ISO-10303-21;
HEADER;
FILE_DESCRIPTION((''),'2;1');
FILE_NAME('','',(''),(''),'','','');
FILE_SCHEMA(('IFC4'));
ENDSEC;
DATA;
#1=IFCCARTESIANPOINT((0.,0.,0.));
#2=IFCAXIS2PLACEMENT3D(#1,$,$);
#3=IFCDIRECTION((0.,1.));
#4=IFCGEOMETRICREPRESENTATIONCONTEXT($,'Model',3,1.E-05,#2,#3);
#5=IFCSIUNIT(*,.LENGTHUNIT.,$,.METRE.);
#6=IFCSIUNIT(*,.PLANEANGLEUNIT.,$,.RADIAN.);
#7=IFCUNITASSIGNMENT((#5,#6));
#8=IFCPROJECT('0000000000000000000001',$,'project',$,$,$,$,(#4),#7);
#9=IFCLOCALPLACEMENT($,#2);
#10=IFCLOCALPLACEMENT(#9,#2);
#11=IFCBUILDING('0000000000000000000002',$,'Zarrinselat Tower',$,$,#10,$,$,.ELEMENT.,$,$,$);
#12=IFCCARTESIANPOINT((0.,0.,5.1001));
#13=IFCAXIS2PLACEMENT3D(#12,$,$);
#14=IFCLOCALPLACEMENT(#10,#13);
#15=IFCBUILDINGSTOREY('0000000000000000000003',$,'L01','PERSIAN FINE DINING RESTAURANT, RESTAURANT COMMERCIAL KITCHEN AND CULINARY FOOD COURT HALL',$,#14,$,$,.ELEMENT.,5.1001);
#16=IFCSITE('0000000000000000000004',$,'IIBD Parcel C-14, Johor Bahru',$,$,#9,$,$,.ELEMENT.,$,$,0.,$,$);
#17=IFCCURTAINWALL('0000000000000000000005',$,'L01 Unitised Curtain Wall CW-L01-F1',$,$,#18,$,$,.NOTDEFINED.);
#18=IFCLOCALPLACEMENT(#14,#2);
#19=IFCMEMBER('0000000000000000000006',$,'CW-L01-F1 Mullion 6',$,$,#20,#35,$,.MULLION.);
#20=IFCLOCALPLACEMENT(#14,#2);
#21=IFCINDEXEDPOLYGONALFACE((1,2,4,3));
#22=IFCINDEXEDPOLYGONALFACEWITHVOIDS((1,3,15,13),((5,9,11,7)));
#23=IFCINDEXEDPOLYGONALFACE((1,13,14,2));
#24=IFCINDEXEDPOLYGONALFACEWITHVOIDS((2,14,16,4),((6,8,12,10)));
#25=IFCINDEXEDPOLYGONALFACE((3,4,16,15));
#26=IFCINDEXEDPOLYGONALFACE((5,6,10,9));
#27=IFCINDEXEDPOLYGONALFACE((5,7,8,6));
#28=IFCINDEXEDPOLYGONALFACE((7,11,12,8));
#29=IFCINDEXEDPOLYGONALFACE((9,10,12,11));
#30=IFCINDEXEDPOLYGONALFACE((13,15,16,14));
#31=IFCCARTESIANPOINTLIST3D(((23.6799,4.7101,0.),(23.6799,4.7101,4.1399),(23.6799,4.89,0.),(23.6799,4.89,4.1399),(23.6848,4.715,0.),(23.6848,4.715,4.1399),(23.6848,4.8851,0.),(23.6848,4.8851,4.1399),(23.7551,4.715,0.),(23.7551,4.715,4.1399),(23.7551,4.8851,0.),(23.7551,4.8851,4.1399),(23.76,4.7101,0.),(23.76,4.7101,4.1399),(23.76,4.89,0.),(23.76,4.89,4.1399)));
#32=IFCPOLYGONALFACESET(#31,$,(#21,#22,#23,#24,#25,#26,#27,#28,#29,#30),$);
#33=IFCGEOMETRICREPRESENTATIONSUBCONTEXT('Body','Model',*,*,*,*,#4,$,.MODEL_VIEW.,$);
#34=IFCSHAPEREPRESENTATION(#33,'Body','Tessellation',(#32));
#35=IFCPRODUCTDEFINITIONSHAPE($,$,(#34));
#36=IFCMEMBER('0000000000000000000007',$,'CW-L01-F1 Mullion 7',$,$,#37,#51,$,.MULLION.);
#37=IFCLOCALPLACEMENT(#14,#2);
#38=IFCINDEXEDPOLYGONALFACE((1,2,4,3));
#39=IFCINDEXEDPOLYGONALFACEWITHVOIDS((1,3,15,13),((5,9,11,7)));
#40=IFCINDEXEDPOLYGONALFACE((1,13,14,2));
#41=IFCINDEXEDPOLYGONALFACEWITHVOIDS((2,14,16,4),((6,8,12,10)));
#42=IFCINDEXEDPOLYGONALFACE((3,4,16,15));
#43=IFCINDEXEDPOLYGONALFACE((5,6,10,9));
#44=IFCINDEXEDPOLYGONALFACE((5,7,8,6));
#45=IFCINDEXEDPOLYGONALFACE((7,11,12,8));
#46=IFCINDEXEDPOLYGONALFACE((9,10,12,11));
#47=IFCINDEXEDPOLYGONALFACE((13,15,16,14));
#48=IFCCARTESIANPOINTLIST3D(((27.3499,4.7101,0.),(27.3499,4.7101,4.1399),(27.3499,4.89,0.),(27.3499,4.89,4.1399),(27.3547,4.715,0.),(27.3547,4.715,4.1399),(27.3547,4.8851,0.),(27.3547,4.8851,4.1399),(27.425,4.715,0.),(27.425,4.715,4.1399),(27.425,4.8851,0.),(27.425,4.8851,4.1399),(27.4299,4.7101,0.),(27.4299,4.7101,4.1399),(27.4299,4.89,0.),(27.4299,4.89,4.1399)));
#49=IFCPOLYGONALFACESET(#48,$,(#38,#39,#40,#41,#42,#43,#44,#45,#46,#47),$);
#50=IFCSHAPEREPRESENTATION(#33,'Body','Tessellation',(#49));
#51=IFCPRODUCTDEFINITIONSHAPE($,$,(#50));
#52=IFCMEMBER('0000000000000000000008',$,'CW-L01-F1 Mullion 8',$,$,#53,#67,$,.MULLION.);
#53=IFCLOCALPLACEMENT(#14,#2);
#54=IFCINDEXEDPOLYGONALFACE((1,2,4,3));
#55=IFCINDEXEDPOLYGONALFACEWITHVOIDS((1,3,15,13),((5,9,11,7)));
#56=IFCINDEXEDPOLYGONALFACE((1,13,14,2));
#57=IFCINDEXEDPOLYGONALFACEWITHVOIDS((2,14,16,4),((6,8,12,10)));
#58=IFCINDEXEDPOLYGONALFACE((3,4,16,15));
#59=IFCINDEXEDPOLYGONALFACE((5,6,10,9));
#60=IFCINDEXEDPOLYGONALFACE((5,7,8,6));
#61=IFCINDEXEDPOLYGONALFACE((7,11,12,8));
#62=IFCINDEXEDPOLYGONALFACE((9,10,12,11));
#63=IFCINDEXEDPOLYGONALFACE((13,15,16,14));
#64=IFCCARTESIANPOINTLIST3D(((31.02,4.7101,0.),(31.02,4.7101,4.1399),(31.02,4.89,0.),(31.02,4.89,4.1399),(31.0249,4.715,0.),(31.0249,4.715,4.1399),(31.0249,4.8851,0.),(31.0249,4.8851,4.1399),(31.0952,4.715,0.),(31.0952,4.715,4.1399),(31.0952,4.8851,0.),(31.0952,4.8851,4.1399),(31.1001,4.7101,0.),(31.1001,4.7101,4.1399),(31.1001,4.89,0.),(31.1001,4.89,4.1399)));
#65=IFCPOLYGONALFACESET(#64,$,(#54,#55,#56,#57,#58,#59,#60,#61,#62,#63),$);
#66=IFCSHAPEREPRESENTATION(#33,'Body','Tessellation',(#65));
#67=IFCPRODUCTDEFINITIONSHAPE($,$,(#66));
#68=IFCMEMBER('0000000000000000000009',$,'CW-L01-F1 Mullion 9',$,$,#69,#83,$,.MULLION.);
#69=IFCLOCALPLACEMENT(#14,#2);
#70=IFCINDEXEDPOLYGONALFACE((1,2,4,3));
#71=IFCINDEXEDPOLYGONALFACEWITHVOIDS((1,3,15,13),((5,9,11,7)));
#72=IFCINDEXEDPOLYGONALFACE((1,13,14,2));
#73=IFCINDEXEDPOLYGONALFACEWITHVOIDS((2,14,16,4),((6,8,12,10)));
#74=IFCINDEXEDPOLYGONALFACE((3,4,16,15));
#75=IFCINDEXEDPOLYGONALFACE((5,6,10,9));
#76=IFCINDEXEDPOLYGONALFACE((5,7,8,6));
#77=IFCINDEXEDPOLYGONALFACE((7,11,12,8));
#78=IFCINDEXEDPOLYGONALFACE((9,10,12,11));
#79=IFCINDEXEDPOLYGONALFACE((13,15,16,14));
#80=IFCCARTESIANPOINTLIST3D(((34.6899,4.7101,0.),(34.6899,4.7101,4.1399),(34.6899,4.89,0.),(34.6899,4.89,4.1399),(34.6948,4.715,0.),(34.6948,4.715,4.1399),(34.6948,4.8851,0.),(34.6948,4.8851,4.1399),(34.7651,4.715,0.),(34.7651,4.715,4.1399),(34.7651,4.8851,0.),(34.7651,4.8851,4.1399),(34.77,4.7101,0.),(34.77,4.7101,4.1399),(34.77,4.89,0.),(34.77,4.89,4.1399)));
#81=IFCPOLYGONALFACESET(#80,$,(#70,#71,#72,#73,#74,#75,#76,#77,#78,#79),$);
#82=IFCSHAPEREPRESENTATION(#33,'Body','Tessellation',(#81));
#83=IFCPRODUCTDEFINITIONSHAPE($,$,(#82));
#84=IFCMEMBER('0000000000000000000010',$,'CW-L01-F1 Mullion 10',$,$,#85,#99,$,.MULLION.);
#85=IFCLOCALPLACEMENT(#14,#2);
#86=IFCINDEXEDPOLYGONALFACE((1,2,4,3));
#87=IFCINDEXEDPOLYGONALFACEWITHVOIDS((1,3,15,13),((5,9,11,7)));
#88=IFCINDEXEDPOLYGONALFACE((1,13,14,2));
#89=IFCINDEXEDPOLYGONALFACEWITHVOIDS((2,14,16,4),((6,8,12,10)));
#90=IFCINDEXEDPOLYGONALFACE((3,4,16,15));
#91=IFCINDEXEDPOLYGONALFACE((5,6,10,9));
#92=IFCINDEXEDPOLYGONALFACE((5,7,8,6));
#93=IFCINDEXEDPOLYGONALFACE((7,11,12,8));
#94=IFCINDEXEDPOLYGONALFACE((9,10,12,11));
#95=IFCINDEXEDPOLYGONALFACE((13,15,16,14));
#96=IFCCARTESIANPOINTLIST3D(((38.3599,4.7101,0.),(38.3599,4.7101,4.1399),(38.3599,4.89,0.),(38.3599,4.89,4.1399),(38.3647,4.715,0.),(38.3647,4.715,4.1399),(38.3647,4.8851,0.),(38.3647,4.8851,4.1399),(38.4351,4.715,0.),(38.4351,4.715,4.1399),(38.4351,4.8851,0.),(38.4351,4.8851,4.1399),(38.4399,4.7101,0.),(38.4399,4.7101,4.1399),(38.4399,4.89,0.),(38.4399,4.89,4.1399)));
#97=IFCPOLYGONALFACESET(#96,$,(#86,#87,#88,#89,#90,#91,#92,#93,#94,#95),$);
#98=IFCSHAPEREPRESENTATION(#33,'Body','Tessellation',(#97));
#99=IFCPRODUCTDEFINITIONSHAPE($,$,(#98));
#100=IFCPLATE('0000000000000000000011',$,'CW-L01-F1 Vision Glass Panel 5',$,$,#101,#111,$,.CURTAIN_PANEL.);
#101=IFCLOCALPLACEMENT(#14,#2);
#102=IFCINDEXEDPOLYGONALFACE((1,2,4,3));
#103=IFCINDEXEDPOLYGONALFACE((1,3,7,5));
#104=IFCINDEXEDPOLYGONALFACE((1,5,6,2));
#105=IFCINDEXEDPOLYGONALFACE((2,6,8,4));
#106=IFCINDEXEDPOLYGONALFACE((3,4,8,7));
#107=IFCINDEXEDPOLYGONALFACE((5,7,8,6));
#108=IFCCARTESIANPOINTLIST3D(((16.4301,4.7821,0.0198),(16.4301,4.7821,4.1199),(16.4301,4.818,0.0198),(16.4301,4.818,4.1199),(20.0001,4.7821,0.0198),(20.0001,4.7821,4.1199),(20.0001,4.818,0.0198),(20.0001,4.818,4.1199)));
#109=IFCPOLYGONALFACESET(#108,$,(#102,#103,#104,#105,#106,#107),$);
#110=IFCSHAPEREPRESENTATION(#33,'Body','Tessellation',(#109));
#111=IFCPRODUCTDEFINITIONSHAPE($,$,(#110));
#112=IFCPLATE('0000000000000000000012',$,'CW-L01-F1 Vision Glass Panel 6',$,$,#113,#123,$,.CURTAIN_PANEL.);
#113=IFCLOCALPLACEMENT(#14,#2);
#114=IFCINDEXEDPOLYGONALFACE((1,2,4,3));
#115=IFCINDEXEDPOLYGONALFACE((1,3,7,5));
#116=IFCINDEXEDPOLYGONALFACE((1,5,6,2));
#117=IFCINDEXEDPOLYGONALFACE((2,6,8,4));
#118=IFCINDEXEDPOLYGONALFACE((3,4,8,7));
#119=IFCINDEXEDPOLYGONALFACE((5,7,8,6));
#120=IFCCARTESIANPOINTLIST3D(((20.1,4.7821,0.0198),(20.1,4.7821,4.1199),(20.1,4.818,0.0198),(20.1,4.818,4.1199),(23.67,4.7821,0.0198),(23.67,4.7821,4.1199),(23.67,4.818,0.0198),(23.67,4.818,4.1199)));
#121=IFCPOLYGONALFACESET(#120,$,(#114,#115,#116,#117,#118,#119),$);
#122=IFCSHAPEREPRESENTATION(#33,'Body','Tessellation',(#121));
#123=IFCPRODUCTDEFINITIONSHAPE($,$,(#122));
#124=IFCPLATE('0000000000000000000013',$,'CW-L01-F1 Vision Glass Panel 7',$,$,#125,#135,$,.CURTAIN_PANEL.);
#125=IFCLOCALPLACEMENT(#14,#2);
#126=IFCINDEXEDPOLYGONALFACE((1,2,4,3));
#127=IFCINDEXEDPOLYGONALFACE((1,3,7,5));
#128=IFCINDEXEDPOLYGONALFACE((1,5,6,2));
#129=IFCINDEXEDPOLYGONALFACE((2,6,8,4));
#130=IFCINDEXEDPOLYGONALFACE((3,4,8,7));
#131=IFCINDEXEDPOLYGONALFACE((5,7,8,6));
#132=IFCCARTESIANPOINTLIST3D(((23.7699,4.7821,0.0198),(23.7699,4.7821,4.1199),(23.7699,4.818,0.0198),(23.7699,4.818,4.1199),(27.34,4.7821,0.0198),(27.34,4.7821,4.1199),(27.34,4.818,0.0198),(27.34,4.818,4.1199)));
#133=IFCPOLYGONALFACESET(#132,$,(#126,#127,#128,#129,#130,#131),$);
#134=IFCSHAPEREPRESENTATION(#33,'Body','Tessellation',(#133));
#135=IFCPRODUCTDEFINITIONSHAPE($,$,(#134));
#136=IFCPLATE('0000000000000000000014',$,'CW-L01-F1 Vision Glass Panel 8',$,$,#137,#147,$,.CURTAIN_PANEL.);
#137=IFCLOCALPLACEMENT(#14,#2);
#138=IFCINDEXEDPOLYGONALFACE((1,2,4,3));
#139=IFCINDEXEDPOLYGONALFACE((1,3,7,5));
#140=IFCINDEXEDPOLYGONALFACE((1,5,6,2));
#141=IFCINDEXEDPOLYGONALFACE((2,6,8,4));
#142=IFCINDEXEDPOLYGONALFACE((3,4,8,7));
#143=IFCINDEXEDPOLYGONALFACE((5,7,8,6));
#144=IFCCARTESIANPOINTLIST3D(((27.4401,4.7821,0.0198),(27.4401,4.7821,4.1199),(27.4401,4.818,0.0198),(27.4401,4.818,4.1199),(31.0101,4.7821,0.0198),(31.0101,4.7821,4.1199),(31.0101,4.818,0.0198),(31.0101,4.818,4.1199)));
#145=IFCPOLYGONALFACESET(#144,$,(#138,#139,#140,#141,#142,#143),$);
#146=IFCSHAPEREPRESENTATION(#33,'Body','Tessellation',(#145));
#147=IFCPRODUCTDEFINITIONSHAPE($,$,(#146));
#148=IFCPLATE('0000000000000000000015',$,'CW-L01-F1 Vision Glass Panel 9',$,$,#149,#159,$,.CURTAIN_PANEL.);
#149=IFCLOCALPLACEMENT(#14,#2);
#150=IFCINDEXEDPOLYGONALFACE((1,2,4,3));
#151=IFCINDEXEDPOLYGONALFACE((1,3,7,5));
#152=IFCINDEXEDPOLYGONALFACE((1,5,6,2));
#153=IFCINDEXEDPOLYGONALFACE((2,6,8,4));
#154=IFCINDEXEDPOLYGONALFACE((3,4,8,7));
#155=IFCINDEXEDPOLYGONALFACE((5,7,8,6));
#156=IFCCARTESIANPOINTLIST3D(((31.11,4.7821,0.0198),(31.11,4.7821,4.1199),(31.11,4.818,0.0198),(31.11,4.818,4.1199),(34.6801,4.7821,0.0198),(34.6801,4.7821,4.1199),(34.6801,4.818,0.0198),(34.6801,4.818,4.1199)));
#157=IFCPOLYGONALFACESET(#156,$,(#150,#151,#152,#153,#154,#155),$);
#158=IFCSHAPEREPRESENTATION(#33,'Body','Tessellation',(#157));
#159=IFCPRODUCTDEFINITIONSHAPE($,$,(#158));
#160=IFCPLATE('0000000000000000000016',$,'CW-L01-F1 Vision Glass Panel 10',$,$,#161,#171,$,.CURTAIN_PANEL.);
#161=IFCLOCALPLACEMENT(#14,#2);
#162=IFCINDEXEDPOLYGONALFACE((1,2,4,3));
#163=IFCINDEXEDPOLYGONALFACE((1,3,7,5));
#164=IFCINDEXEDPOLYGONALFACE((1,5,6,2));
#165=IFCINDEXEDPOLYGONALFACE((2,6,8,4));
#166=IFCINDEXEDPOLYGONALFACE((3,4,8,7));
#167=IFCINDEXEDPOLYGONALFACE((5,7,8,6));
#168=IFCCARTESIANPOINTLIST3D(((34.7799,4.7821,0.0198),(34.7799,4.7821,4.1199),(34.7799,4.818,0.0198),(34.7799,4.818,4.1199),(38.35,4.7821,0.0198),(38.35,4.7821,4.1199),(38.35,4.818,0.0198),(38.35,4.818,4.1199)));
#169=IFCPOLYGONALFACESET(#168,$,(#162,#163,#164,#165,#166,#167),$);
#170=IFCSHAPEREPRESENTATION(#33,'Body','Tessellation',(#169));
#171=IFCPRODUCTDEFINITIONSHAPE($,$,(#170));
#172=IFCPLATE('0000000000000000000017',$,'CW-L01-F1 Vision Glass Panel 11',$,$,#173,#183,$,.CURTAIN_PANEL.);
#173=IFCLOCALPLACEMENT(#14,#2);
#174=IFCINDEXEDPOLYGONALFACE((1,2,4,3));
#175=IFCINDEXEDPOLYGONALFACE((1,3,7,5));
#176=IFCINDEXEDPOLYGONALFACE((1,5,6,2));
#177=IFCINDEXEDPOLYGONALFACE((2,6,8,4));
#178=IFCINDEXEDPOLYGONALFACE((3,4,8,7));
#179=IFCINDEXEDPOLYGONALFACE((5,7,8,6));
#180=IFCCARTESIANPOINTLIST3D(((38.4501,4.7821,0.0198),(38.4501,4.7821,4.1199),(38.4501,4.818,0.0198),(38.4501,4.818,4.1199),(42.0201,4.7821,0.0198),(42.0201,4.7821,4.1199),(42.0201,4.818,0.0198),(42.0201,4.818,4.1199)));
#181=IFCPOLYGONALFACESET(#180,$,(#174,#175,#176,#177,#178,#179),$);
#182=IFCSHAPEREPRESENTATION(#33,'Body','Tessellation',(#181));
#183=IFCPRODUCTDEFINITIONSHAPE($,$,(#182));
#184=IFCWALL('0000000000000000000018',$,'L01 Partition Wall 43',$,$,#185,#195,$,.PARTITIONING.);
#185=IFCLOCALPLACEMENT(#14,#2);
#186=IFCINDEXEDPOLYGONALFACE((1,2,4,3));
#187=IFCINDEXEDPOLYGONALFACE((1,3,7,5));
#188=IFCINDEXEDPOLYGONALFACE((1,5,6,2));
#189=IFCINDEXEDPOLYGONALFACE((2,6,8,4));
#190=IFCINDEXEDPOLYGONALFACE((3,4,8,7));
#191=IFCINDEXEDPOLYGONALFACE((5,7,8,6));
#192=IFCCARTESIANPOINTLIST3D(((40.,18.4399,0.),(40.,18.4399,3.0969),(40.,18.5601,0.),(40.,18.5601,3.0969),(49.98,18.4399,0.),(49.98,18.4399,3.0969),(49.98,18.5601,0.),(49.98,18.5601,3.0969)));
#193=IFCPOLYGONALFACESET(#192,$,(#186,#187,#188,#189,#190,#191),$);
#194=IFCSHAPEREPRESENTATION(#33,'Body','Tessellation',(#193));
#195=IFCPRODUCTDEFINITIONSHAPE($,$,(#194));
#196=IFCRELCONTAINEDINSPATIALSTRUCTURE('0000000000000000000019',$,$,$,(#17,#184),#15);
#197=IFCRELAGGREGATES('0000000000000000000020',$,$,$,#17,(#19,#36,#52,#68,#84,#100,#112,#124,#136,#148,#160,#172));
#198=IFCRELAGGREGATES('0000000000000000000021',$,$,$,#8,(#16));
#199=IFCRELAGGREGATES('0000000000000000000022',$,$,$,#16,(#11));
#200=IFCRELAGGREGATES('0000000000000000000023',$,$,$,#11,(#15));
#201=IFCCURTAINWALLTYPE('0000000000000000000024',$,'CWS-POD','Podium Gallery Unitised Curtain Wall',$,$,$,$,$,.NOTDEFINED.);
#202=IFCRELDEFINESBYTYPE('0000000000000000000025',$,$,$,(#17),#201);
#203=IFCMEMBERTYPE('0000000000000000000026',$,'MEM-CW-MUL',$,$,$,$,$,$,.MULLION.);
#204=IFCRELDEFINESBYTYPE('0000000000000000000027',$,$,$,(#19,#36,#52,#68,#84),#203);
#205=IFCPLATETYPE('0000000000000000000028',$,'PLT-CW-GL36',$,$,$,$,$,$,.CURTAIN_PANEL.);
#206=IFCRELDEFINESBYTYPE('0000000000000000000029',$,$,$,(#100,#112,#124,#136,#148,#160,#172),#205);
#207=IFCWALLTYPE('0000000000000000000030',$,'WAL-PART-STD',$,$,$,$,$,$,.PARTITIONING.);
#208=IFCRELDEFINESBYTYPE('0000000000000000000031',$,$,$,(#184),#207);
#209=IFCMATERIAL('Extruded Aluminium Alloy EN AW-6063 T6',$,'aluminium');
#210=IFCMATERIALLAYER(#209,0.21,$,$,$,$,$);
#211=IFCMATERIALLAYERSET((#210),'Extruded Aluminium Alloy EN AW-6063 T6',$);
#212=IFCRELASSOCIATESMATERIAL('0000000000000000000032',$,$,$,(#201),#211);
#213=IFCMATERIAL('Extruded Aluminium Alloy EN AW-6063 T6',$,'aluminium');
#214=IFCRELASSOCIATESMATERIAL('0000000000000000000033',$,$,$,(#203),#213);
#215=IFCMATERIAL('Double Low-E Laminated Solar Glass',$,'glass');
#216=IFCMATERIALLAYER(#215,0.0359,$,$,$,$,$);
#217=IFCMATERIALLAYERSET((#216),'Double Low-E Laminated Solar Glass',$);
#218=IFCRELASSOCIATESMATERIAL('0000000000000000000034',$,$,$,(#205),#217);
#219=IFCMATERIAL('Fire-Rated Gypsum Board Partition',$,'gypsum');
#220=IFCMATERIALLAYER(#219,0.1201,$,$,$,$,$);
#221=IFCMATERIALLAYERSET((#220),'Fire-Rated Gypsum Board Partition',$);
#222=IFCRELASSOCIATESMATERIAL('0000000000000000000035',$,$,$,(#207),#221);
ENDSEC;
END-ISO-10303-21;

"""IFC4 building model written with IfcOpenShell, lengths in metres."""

from ifc_helpers import new_model, si_unit, direction, frame, frame_2d, origin, origin_2d, place, context, subcontext, project, spatial, rectangle, hollow_rectangle, extrude, material, layer, layer_set, material_profile, profile_set, type_object, element, aggregate, save


model = new_model("IFC4")

# Units and contexts
model_context = context("Model", 3, precision=1e-05, world=origin(), true_north=direction((0.0, 1.0)))
body_context = subcontext(model_context, "Body", "Model", "MODEL_VIEW")
ifc_project = project(units=[si_unit("LENGTHUNIT", "METRE"), si_unit("PLANEANGLEUNIT", "RADIAN")], contexts=[model_context])

# Site, building, storey
site_placement = place(None, origin())
site = spatial("IfcSite", under=ifc_project, at=site_placement, Name="IIBD Parcel C-14, Johor Bahru", CompositionType="ELEMENT", RefElevation=0.0)
building_placement = place(site_placement, origin())
building = spatial("IfcBuilding", under=site, at=building_placement, Name="Zarrinselat Tower", CompositionType="ELEMENT")
storey_placement = place(building_placement, frame((0.0, 0.0, 5.1001)))
storey = spatial("IfcBuildingStorey", under=building, at=storey_placement, Name="L01", Description="PERSIAN FINE DINING RESTAURANT, RESTAURANT COMMERCIAL KITCHEN AND CULINARY FOOD COURT HALL", CompositionType="ELEMENT", Elevation=5.1001)

# Curtain wall, members, plates
ifc_material_1 = material(Name="Extruded Aluminium Alloy EN AW-6063 T6", Category="aluminium")
ifc_layer_1 = layer(ifc_material_1, 0.21)
ifc_layer_set_1 = layer_set([ifc_layer_1], Name="Extruded Aluminium Alloy EN AW-6063 T6")
curtain_wall_type = type_object("IfcCurtainWallType", Name="CWS-POD", Description="Podium Gallery Unitised Curtain Wall", PredefinedType="NOTDEFINED", material=ifc_layer_set_1)
curtain_wall_placement = place(storey_placement, origin())
curtain_wall = element("IfcCurtainWall", 1, at=curtain_wall_placement, inside=storey, type_object=curtain_wall_type, Name="L01 Unitised Curtain Wall CW-L01-F1", PredefinedType="NOTDEFINED")
ifc_material_2 = material(Name="Extruded Aluminium Alloy EN AW-6063 T6", Category="aluminium")
ifc_material_profile_1 = material_profile(ifc_material_2, hollow_rectangle(XDim=0.0801, YDim=0.1799, WallThickness=0.0049, at=origin_2d()), Name="RHS 180x80x5")
ifc_profile_set_1 = profile_set([ifc_material_profile_1], Name="Extruded Aluminium Alloy EN AW-6063 T6")
member_type = type_object("IfcMemberType", Name="MEM-CW-MUL", PredefinedType="MULLION", material=ifc_profile_set_1)
member_1_placement = place(storey_placement, frame((23.72, 4.8, 0.0), z_axis=(0.0, 0.0, 1.0), x_axis=(1.0, 0.0, 0.0)))
member_1 = element("IfcMember", 2, at=member_1_placement, type_object=member_type, Name="CW-L01-F1 Mullion 6", PredefinedType="MULLION", context=body_context, shape_type="SweptSolid", body=[
    extrude(hollow_rectangle(XDim=0.0801, YDim=0.1799, WallThickness=0.0049, at=origin_2d()), origin(), (0.0, 0.0, 1.0), 4.1399),
])
member_2_placement = place(storey_placement, frame((27.3899, 4.8, 0.0), z_axis=(0.0, 0.0, 1.0), x_axis=(1.0, 0.0, 0.0)))
member_2 = element("IfcMember", 3, at=member_2_placement, type_object=member_type, Name="CW-L01-F1 Mullion 7", PredefinedType="MULLION", context=body_context, shape_type="SweptSolid", body=[
    extrude(hollow_rectangle(XDim=0.0801, YDim=0.1799, WallThickness=0.0049, at=origin_2d()), origin(), (0.0, 0.0, 1.0), 4.1399),
])
member_3_placement = place(storey_placement, frame((31.0601, 4.8, 0.0), z_axis=(0.0, 0.0, 1.0), x_axis=(1.0, 0.0, 0.0)))
member_3 = element("IfcMember", 4, at=member_3_placement, type_object=member_type, Name="CW-L01-F1 Mullion 8", PredefinedType="MULLION", context=body_context, shape_type="SweptSolid", body=[
    extrude(hollow_rectangle(XDim=0.0801, YDim=0.1799, WallThickness=0.0049, at=origin_2d()), origin(), (0.0, 0.0, 1.0), 4.1399),
])
member_4_placement = place(storey_placement, frame((34.73, 4.8, 0.0), z_axis=(0.0, 0.0, 1.0), x_axis=(1.0, 0.0, 0.0)))
member_4 = element("IfcMember", 5, at=member_4_placement, type_object=member_type, Name="CW-L01-F1 Mullion 9", PredefinedType="MULLION", context=body_context, shape_type="SweptSolid", body=[
    extrude(hollow_rectangle(XDim=0.0801, YDim=0.1799, WallThickness=0.0049, at=origin_2d()), origin(), (0.0, 0.0, 1.0), 4.1399),
])
member_5_placement = place(storey_placement, frame((38.3999, 4.8, 0.0), z_axis=(0.0, 0.0, 1.0), x_axis=(1.0, 0.0, 0.0)))
member_5 = element("IfcMember", 6, at=member_5_placement, type_object=member_type, Name="CW-L01-F1 Mullion 10", PredefinedType="MULLION", context=body_context, shape_type="SweptSolid", body=[
    extrude(hollow_rectangle(XDim=0.0801, YDim=0.1799, WallThickness=0.0049, at=origin_2d()), origin(), (0.0, 0.0, 1.0), 4.1399),
])
ifc_material_3 = material(Name="Double Low-E Laminated Solar Glass", Category="glass")
ifc_layer_2 = layer(ifc_material_3, 0.0359)
ifc_layer_set_2 = layer_set([ifc_layer_2], Name="Double Low-E Laminated Solar Glass")
plate_type = type_object("IfcPlateType", Name="PLT-CW-GL36", PredefinedType="CURTAIN_PANEL", material=ifc_layer_set_2)
plate_1_placement = place(storey_placement, frame((18.2151, 4.8, 0.0198), z_axis=(0.0, 0.0, 1.0), x_axis=(1.0, 0.0, 0.0)))
plate_1 = element("IfcPlate", 7, at=plate_1_placement, type_object=plate_type, Name="CW-L01-F1 Vision Glass Panel 5", PredefinedType="CURTAIN_PANEL", context=body_context, shape_type="SweptSolid", body=[
    extrude(rectangle(XDim=3.5701, YDim=0.0359, at=origin_2d()), origin(), (0.0, 0.0, 1.0), 4.1001),
])
plate_2_placement = place(storey_placement, frame((21.885, 4.8, 0.0198), z_axis=(0.0, 0.0, 1.0), x_axis=(1.0, 0.0, 0.0)))
plate_2 = element("IfcPlate", 8, at=plate_2_placement, type_object=plate_type, Name="CW-L01-F1 Vision Glass Panel 6", PredefinedType="CURTAIN_PANEL", context=body_context, shape_type="SweptSolid", body=[
    extrude(rectangle(XDim=3.5701, YDim=0.0359, at=origin_2d()), origin(), (0.0, 0.0, 1.0), 4.1001),
])
plate_3_placement = place(storey_placement, frame((25.5549, 4.8, 0.0198), z_axis=(0.0, 0.0, 1.0), x_axis=(1.0, 0.0, 0.0)))
plate_3 = element("IfcPlate", 9, at=plate_3_placement, type_object=plate_type, Name="CW-L01-F1 Vision Glass Panel 7", PredefinedType="CURTAIN_PANEL", context=body_context, shape_type="SweptSolid", body=[
    extrude(rectangle(XDim=3.5701, YDim=0.0359, at=origin_2d()), origin(), (0.0, 0.0, 1.0), 4.1001),
])
plate_4_placement = place(storey_placement, frame((29.2251, 4.8, 0.0198), z_axis=(0.0, 0.0, 1.0), x_axis=(1.0, 0.0, 0.0)))
plate_4 = element("IfcPlate", 10, at=plate_4_placement, type_object=plate_type, Name="CW-L01-F1 Vision Glass Panel 8", PredefinedType="CURTAIN_PANEL", context=body_context, shape_type="SweptSolid", body=[
    extrude(rectangle(XDim=3.5701, YDim=0.0359, at=origin_2d()), origin(), (0.0, 0.0, 1.0), 4.1001),
])
plate_5_placement = place(storey_placement, frame((32.895, 4.8, 0.0198), z_axis=(0.0, 0.0, 1.0), x_axis=(1.0, 0.0, 0.0)))
plate_5 = element("IfcPlate", 11, at=plate_5_placement, type_object=plate_type, Name="CW-L01-F1 Vision Glass Panel 9", PredefinedType="CURTAIN_PANEL", context=body_context, shape_type="SweptSolid", body=[
    extrude(rectangle(XDim=3.5701, YDim=0.0359, at=origin_2d()), origin(), (0.0, 0.0, 1.0), 4.1001),
])
plate_6_placement = place(storey_placement, frame((36.5649, 4.8, 0.0198), z_axis=(0.0, 0.0, 1.0), x_axis=(1.0, 0.0, 0.0)))
plate_6 = element("IfcPlate", 12, at=plate_6_placement, type_object=plate_type, Name="CW-L01-F1 Vision Glass Panel 10", PredefinedType="CURTAIN_PANEL", context=body_context, shape_type="SweptSolid", body=[
    extrude(rectangle(XDim=3.5701, YDim=0.0359, at=origin_2d()), origin(), (0.0, 0.0, 1.0), 4.1001),
])
plate_7_placement = place(storey_placement, frame((40.2351, 4.8, 0.0198), z_axis=(0.0, 0.0, 1.0), x_axis=(1.0, 0.0, 0.0)))
plate_7 = element("IfcPlate", 13, at=plate_7_placement, type_object=plate_type, Name="CW-L01-F1 Vision Glass Panel 11", PredefinedType="CURTAIN_PANEL", context=body_context, shape_type="SweptSolid", body=[
    extrude(rectangle(XDim=3.5701, YDim=0.0359, at=origin_2d()), origin(), (0.0, 0.0, 1.0), 4.1001),
])
aggregate(curtain_wall, [member_1, member_2, member_3, member_4, member_5, plate_1, plate_2, plate_3, plate_4, plate_5, plate_6, plate_7])

# Wall
ifc_material_4 = material(Name="Fire-Rated Gypsum Board Partition", Category="gypsum")
ifc_layer_3 = layer(ifc_material_4, 0.1201)
ifc_layer_set_3 = layer_set([ifc_layer_3], Name="Fire-Rated Gypsum Board Partition")
wall_type_1 = type_object("IfcWallType", Name="WAL-PART-STD", PredefinedType="PARTITIONING", material=ifc_layer_set_3)
wall_1_placement = place(storey_placement, frame((40.0, 18.5, 0.0), z_axis=(0.0, 0.0, 1.0), x_axis=(1.0, 0.0, 0.0)))
element("IfcWall", 14, at=wall_1_placement, inside=storey, type_object=wall_type_1, Name="L01 Partition Wall 43", PredefinedType="PARTITIONING", context=body_context, shape_type="SweptSolid", body=[
    extrude(rectangle(XDim=9.98, YDim=0.1201, at=frame_2d((4.99, 0.0))), origin(), (0.0, 0.0, 1.0), 3.0969),
])

save(model, "model.ifc")
